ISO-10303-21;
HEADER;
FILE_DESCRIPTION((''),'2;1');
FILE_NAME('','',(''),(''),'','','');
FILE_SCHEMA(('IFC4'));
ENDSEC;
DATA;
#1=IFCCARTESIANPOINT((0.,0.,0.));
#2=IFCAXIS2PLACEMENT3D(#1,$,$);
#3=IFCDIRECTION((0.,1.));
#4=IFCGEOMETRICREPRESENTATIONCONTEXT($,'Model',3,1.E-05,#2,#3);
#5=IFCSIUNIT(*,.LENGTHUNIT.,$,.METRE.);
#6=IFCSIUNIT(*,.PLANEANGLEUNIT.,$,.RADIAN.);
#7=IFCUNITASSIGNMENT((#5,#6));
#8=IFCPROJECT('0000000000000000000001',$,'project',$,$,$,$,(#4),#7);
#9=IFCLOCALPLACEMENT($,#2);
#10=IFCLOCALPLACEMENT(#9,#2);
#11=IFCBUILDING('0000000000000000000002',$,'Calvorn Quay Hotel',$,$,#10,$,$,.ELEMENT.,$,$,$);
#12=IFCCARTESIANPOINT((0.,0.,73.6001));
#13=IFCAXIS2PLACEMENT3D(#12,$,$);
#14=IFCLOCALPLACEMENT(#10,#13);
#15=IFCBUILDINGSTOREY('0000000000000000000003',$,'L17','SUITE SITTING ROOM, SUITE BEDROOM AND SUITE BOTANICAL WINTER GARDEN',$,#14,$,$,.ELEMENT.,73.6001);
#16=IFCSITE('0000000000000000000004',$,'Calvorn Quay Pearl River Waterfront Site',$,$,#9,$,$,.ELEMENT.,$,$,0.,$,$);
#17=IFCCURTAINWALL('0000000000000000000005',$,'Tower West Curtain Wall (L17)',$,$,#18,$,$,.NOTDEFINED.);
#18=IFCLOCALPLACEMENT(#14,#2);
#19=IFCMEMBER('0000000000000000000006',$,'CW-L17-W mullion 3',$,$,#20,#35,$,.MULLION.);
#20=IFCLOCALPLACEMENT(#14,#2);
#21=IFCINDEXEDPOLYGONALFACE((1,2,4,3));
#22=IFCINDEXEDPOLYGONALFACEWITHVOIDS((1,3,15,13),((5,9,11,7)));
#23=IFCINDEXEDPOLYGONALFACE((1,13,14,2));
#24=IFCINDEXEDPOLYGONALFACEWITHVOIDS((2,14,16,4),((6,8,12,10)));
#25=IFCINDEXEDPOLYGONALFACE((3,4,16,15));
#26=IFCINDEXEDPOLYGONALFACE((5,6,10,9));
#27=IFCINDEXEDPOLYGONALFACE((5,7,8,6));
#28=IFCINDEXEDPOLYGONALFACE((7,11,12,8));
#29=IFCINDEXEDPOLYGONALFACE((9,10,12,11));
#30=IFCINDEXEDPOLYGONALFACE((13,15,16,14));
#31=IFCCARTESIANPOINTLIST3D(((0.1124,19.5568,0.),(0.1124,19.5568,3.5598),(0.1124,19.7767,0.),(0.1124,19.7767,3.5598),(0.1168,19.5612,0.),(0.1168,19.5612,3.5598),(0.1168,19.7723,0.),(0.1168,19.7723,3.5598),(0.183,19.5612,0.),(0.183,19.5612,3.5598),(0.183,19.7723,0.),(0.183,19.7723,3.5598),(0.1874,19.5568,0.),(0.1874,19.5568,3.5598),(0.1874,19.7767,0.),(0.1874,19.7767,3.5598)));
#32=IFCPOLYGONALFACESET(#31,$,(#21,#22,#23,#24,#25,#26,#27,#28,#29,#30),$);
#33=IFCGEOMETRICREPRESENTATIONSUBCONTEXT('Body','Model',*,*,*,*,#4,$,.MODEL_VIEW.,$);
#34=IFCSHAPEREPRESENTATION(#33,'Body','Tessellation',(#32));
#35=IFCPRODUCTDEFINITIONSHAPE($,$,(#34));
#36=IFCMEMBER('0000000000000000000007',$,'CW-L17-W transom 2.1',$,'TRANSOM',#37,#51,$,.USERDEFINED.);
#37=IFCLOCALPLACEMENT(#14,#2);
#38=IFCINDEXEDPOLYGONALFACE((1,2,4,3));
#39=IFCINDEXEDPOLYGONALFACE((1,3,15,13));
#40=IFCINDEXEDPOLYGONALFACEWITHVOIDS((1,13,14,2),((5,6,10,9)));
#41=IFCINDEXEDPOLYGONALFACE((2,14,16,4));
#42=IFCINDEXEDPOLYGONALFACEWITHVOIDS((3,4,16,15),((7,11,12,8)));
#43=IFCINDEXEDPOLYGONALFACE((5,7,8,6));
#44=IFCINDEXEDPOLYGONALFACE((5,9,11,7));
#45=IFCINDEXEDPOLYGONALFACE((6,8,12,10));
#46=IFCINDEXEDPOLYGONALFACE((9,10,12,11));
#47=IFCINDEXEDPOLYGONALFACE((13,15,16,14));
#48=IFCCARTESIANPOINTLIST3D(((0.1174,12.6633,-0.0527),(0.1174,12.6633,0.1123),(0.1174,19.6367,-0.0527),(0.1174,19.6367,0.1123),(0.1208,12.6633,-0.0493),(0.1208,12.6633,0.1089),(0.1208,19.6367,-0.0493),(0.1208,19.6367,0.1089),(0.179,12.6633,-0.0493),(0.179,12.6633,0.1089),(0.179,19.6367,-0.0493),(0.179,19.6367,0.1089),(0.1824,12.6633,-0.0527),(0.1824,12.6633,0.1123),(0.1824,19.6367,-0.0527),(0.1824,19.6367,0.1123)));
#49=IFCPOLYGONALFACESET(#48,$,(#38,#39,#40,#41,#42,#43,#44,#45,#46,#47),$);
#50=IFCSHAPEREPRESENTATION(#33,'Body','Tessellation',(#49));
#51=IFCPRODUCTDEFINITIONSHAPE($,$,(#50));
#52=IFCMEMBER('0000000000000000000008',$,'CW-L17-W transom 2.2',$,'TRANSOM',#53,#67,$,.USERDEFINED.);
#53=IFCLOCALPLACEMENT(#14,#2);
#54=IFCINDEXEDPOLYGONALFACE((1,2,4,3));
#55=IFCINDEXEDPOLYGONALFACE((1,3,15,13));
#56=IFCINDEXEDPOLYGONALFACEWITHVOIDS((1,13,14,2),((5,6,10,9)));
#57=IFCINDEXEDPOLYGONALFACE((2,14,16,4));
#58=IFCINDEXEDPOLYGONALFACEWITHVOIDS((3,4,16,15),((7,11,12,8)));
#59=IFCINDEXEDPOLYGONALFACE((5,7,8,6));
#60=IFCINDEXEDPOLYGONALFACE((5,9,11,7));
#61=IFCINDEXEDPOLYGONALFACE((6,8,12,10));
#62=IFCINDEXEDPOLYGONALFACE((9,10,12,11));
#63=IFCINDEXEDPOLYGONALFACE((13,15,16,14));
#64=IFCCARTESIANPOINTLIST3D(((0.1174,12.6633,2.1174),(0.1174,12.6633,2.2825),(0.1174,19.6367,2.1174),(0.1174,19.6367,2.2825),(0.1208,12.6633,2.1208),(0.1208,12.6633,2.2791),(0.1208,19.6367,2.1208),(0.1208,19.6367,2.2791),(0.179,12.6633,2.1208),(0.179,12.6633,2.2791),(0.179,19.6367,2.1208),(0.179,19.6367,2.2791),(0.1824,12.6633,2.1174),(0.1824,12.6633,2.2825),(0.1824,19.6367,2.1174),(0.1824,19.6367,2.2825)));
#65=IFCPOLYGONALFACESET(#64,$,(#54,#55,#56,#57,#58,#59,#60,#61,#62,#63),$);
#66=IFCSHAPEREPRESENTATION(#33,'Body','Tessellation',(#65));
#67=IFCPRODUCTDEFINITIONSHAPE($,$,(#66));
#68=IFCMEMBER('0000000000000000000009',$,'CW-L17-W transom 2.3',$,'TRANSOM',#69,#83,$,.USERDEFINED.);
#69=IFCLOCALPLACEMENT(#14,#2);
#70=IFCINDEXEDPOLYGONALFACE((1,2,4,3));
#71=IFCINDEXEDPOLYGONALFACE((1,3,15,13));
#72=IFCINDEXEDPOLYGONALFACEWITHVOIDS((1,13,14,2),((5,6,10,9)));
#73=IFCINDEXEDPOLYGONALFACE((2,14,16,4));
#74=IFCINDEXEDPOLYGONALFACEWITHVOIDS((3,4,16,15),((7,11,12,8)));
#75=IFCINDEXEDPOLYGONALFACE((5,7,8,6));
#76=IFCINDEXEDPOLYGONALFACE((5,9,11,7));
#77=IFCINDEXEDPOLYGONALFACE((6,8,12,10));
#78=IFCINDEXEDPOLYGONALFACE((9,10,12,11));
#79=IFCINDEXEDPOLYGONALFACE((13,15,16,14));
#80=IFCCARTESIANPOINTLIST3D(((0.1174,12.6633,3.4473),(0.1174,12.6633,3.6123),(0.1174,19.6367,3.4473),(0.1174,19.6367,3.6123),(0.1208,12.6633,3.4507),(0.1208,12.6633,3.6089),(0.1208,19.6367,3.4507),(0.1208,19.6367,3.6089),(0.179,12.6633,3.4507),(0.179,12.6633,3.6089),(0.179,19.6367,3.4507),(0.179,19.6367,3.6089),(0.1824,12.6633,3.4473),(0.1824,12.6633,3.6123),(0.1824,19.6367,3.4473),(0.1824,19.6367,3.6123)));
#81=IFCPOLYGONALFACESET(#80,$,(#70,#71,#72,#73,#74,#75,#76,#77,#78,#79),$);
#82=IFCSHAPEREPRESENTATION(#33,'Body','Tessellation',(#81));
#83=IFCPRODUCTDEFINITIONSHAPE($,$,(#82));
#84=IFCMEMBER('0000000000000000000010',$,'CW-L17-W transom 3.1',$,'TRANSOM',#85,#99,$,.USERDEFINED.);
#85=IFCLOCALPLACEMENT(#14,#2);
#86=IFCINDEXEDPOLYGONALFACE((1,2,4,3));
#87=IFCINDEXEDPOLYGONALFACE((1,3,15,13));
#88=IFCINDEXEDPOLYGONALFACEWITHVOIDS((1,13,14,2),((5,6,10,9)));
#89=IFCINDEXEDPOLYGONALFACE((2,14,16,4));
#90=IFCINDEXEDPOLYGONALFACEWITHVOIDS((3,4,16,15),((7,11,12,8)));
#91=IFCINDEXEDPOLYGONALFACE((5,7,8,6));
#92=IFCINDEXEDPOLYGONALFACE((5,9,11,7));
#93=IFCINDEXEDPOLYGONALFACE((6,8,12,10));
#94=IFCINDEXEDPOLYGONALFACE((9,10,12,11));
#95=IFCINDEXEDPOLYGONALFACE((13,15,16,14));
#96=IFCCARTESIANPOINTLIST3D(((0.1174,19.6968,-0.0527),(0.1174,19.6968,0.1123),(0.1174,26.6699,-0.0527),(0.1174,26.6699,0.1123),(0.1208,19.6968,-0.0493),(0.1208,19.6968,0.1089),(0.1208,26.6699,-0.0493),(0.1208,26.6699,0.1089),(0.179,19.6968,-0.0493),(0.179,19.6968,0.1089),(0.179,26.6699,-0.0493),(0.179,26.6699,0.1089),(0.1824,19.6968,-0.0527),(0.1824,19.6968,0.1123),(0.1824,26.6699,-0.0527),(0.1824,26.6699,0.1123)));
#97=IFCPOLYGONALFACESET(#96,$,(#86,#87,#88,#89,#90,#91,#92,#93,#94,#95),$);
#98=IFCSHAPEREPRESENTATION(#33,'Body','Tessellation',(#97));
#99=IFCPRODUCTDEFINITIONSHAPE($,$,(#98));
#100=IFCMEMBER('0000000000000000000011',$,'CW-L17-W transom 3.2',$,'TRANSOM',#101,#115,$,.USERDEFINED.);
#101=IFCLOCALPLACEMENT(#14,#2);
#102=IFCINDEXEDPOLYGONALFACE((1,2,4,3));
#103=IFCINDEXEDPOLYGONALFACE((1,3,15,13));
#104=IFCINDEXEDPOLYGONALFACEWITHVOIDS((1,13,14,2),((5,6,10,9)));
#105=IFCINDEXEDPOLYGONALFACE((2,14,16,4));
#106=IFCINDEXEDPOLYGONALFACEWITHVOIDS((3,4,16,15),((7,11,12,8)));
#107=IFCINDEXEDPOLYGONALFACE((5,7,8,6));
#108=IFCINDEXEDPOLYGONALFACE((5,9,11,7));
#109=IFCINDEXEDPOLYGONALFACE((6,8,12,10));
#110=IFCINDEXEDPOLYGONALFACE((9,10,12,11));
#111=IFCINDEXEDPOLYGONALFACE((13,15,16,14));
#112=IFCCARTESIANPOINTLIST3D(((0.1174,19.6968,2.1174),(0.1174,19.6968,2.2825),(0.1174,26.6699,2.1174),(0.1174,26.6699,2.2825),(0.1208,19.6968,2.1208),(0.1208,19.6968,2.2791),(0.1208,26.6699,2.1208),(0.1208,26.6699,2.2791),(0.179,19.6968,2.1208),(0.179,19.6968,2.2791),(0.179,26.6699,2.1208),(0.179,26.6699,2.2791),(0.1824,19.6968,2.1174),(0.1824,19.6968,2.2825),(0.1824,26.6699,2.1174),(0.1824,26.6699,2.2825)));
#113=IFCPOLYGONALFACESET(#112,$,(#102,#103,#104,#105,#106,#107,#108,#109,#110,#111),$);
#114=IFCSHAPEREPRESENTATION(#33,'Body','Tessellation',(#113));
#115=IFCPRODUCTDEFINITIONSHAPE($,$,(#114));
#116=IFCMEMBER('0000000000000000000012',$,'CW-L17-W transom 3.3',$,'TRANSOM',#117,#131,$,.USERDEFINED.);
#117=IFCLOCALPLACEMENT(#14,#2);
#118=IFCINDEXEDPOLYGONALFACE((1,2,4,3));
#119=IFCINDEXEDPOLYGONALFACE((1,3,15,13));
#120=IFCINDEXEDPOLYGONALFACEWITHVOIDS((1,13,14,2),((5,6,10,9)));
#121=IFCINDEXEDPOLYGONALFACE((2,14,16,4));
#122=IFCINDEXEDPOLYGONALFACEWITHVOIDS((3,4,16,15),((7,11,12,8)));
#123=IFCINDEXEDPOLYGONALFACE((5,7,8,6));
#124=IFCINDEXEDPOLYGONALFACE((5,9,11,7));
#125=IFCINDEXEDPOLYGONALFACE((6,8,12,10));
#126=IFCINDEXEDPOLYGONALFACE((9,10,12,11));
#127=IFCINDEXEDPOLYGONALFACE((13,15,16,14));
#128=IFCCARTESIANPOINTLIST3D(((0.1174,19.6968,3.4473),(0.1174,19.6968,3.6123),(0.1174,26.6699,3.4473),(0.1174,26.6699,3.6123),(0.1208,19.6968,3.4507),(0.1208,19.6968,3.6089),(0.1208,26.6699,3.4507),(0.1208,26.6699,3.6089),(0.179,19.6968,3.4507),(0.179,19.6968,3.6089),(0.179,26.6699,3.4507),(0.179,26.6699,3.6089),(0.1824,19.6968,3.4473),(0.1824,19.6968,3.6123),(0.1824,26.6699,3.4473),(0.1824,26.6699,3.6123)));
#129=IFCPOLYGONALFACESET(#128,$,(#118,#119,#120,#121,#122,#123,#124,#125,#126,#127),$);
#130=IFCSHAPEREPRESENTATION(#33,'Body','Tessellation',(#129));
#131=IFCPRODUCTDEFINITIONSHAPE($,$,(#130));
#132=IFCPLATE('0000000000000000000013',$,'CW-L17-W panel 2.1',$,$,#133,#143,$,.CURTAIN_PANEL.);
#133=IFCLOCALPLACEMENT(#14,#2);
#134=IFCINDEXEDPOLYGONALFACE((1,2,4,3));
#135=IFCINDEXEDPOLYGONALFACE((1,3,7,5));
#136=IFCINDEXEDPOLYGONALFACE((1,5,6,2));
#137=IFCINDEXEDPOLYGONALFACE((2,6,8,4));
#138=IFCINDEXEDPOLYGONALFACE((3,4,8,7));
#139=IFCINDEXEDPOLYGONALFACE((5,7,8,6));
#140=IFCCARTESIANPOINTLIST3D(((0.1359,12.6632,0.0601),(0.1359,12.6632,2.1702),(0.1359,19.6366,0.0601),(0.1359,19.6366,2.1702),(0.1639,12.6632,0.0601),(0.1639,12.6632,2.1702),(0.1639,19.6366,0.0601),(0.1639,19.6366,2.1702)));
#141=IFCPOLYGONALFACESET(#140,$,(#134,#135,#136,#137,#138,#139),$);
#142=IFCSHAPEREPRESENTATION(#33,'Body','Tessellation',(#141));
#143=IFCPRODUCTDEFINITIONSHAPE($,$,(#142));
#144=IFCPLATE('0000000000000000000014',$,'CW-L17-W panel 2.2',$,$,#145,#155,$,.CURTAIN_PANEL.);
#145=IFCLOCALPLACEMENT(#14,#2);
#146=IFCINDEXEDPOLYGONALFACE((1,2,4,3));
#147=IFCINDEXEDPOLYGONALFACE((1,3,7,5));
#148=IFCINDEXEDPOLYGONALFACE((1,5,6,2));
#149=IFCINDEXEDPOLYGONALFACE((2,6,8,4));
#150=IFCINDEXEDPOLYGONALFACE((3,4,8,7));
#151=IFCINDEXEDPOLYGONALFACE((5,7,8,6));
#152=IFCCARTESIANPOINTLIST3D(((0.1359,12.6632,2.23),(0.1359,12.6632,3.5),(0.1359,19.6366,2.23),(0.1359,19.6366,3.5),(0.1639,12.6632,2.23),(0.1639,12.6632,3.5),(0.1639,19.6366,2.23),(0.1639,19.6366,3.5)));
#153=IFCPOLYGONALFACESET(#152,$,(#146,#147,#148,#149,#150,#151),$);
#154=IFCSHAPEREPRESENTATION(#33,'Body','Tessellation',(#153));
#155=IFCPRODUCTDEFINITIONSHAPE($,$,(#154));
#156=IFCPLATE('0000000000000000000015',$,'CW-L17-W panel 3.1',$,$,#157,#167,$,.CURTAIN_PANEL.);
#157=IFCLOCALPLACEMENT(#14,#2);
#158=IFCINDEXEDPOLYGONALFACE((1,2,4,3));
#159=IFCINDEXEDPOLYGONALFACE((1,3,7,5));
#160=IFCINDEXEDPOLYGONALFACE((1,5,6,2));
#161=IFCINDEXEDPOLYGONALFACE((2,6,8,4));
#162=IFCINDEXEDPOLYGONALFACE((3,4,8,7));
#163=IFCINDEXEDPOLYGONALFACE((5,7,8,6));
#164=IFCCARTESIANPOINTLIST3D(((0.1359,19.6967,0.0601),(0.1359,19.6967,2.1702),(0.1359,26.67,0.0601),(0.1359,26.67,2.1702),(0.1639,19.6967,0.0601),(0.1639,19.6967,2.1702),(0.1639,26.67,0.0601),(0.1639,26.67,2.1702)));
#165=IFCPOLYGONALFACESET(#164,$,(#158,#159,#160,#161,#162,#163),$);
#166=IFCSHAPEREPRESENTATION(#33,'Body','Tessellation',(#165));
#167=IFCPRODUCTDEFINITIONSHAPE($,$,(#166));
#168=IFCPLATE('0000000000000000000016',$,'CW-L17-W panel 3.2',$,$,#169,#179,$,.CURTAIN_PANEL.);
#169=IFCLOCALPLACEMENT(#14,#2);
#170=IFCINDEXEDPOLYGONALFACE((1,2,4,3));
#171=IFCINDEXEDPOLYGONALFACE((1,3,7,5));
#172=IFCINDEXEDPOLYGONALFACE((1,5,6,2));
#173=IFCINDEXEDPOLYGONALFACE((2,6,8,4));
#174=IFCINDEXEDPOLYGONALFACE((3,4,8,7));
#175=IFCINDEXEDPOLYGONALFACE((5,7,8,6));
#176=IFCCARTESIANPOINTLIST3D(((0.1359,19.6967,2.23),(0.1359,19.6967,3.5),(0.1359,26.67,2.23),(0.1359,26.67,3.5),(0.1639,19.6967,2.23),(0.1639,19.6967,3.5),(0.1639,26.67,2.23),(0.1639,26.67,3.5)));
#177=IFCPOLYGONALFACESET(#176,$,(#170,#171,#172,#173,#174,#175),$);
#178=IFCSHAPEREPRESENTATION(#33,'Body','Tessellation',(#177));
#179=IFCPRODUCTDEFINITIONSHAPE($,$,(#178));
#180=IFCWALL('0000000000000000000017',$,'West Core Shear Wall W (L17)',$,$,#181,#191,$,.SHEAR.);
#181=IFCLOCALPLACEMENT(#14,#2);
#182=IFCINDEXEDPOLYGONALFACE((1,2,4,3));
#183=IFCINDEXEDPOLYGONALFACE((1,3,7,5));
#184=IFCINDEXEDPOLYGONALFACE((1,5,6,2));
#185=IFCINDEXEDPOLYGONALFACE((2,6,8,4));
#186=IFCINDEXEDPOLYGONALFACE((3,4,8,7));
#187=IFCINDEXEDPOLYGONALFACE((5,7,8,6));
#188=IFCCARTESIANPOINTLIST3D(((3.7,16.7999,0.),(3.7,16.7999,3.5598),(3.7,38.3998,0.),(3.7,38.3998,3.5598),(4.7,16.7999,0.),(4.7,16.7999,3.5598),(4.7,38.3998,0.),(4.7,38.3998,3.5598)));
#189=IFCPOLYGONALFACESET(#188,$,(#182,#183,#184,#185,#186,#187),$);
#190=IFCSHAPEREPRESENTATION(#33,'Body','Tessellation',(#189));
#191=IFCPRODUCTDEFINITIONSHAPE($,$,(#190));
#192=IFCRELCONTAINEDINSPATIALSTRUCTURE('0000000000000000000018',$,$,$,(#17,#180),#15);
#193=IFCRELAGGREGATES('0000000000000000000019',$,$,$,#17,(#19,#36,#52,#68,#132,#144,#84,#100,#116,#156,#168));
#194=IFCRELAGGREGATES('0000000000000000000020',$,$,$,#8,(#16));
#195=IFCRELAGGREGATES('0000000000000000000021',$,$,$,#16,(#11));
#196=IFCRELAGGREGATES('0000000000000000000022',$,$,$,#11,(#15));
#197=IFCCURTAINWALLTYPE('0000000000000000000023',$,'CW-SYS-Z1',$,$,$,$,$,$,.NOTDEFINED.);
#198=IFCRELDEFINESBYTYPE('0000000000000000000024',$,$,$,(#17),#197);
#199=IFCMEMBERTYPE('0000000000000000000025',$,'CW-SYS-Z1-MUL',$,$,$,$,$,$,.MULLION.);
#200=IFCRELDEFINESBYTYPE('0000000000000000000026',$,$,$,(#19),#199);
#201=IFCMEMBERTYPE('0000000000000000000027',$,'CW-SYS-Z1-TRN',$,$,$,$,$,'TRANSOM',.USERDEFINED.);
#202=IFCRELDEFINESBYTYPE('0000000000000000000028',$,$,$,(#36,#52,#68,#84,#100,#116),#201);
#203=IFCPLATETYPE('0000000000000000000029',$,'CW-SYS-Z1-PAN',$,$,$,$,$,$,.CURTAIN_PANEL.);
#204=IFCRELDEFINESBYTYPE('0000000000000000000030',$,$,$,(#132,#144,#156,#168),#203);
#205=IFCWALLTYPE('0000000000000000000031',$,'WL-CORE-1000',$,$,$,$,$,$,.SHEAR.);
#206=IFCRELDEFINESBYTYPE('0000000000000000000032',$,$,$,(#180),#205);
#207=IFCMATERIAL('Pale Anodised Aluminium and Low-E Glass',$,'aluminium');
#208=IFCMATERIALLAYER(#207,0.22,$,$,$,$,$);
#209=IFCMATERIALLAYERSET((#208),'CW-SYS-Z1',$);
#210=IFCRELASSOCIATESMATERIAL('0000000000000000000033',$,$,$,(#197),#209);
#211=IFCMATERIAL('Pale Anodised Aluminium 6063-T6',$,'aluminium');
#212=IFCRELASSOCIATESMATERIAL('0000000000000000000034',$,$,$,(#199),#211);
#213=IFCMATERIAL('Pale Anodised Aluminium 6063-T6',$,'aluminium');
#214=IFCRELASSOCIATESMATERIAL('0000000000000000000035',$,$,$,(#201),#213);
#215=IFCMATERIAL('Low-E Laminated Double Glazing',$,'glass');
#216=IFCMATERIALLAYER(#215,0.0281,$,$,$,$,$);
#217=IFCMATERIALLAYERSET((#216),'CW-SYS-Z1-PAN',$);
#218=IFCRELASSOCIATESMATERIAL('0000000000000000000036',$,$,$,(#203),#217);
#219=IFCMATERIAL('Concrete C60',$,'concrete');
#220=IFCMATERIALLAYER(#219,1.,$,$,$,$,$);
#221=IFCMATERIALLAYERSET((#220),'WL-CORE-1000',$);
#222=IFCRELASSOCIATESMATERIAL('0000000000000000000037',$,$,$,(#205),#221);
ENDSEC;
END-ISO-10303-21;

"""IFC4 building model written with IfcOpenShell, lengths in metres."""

from ifc_helpers import new_model, si_unit, direction, frame, frame_2d, origin, origin_2d, place, context, subcontext, project, spatial, rectangle, hollow_rectangle, extrude, material, layer, layer_set, material_profile, profile_set, type_object, element, aggregate, save


model = new_model("IFC4")

# Units and contexts
model_context = context("Model", 3, precision=1e-05, world=origin(), true_north=direction((0.0, 1.0)))
body_context = subcontext(model_context, "Body", "Model", "MODEL_VIEW")
ifc_project = project(units=[si_unit("LENGTHUNIT", "METRE"), si_unit("PLANEANGLEUNIT", "RADIAN")], contexts=[model_context])

# Site, building, storey
site_placement = place(None, origin())
site = spatial("IfcSite", under=ifc_project, at=site_placement, Name="Calvorn Quay Pearl River Waterfront Site", CompositionType="ELEMENT", RefElevation=0.0)
building_placement = place(site_placement, origin())
building = spatial("IfcBuilding", under=site, at=building_placement, Name="Calvorn Quay Hotel", CompositionType="ELEMENT")
storey_placement = place(building_placement, frame((0.0, 0.0, 73.6001)))
storey = spatial("IfcBuildingStorey", under=building, at=storey_placement, Name="L17", Description="SUITE SITTING ROOM, SUITE BEDROOM AND SUITE BOTANICAL WINTER GARDEN", CompositionType="ELEMENT", Elevation=73.6001)

# Curtain wall, members, plates
ifc_material_1 = material(Name="Pale Anodised Aluminium and Low-E Glass", Category="aluminium")
ifc_layer_1 = layer(ifc_material_1, 0.22)
ifc_layer_set_1 = layer_set([ifc_layer_1], Name="CW-SYS-Z1")
curtain_wall_type = type_object("IfcCurtainWallType", Name="CW-SYS-Z1", PredefinedType="NOTDEFINED", material=ifc_layer_set_1)
curtain_wall_placement = place(storey_placement, origin())
curtain_wall = element("IfcCurtainWall", 1, at=curtain_wall_placement, inside=storey, type_object=curtain_wall_type, Name="Tower West Curtain Wall (L17)", PredefinedType="NOTDEFINED")
ifc_material_2 = material(Name="Pale Anodised Aluminium 6063-T6", Category="aluminium")
ifc_material_profile_1 = material_profile(ifc_material_2, hollow_rectangle(XDim=0.075, YDim=0.22, WallThickness=0.0044, at=origin_2d()), Name="ALU-M220x75x4.5")
ifc_profile_set_1 = profile_set([ifc_material_profile_1], Name="Pale Anodised Aluminium 6063-T6")
member_type_1 = type_object("IfcMemberType", Name="CW-SYS-Z1-MUL", PredefinedType="MULLION", material=ifc_profile_set_1)
member_1_placement = place(storey_placement, frame((0.1499, 19.6667, 0.0), z_axis=(0.0, 0.0, 1.0), x_axis=(-1.0, 0.0, 0.0)))
member_1 = element("IfcMember", 2, at=member_1_placement, type_object=member_type_1, Name="CW-L17-W mullion 3", PredefinedType="MULLION", context=body_context, shape_type="SweptSolid", body=[
    extrude(hollow_rectangle(XDim=0.075, YDim=0.22, WallThickness=0.0044, at=origin_2d()), origin(), (0.0, 0.0, 1.0), 3.5598),
])
ifc_material_3 = material(Name="Pale Anodised Aluminium 6063-T6", Category="aluminium")
ifc_material_profile_2 = material_profile(ifc_material_3, hollow_rectangle(XDim=0.0649, YDim=0.165, WallThickness=0.0034, at=origin_2d()), Name="ALU-T165x65x3.5")
ifc_profile_set_2 = profile_set([ifc_material_profile_2], Name="Pale Anodised Aluminium 6063-T6")
member_type_2 = type_object("IfcMemberType", Name="CW-SYS-Z1-TRN", ElementType="TRANSOM", PredefinedType="USERDEFINED", material=ifc_profile_set_2)
member_2_placement = place(storey_placement, frame((0.1499, 12.6633, 0.0298), z_axis=(0.0, 1.0, 0.0), x_axis=(-1.0, 0.0, 0.0)))
member_2 = element("IfcMember", 3, at=member_2_placement, type_object=member_type_2, Name="CW-L17-W transom 2.1", ObjectType="TRANSOM", PredefinedType="USERDEFINED", context=body_context, shape_type="SweptSolid", body=[
    extrude(hollow_rectangle(XDim=0.0649, YDim=0.165, WallThickness=0.0034, at=origin_2d()), origin(), (0.0, 0.0, 1.0), 6.9734),
])
member_3_placement = place(storey_placement, frame((0.1499, 12.6633, 2.2), z_axis=(0.0, 1.0, 0.0), x_axis=(-1.0, 0.0, 0.0)))
member_3 = element("IfcMember", 4, at=member_3_placement, type_object=member_type_2, Name="CW-L17-W transom 2.2", ObjectType="TRANSOM", PredefinedType="USERDEFINED", context=body_context, shape_type="SweptSolid", body=[
    extrude(hollow_rectangle(XDim=0.0649, YDim=0.165, WallThickness=0.0034, at=origin_2d()), origin(), (0.0, 0.0, 1.0), 6.9734),
])
member_4_placement = place(storey_placement, frame((0.1499, 12.6633, 3.5298), z_axis=(0.0, 1.0, 0.0), x_axis=(-1.0, 0.0, 0.0)))
member_4 = element("IfcMember", 5, at=member_4_placement, type_object=member_type_2, Name="CW-L17-W transom 2.3", ObjectType="TRANSOM", PredefinedType="USERDEFINED", context=body_context, shape_type="SweptSolid", body=[
    extrude(hollow_rectangle(XDim=0.0649, YDim=0.165, WallThickness=0.0034, at=origin_2d()), origin(), (0.0, 0.0, 1.0), 6.9734),
])
member_5_placement = place(storey_placement, frame((0.1499, 19.6968, 0.0298), z_axis=(0.0, 1.0, 0.0), x_axis=(-1.0, 0.0, 0.0)))
member_5 = element("IfcMember", 6, at=member_5_placement, type_object=member_type_2, Name="CW-L17-W transom 3.1", ObjectType="TRANSOM", PredefinedType="USERDEFINED", context=body_context, shape_type="SweptSolid", body=[
    extrude(hollow_rectangle(XDim=0.0649, YDim=0.165, WallThickness=0.0034, at=origin_2d()), origin(), (0.0, 0.0, 1.0), 6.9731),
])
member_6_placement = place(storey_placement, frame((0.1499, 19.6968, 2.2), z_axis=(0.0, 1.0, 0.0), x_axis=(-1.0, 0.0, 0.0)))
member_6 = element("IfcMember", 7, at=member_6_placement, type_object=member_type_2, Name="CW-L17-W transom 3.2", ObjectType="TRANSOM", PredefinedType="USERDEFINED", context=body_context, shape_type="SweptSolid", body=[
    extrude(hollow_rectangle(XDim=0.0649, YDim=0.165, WallThickness=0.0034, at=origin_2d()), origin(), (0.0, 0.0, 1.0), 6.9731),
])
member_7_placement = place(storey_placement, frame((0.1499, 19.6968, 3.5298), z_axis=(0.0, 1.0, 0.0), x_axis=(-1.0, 0.0, 0.0)))
member_7 = element("IfcMember", 8, at=member_7_placement, type_object=member_type_2, Name="CW-L17-W transom 3.3", ObjectType="TRANSOM", PredefinedType="USERDEFINED", context=body_context, shape_type="SweptSolid", body=[
    extrude(hollow_rectangle(XDim=0.0649, YDim=0.165, WallThickness=0.0034, at=origin_2d()), origin(), (0.0, 0.0, 1.0), 6.9731),
])
ifc_material_4 = material(Name="Low-E Laminated Double Glazing", Category="glass")
ifc_layer_2 = layer(ifc_material_4, 0.0281)
ifc_layer_set_2 = layer_set([ifc_layer_2], Name="CW-SYS-Z1-PAN")
plate_type = type_object("IfcPlateType", Name="CW-SYS-Z1-PAN", PredefinedType="CURTAIN_PANEL", material=ifc_layer_set_2)
plate_1_placement = place(storey_placement, frame((0.1499, 16.1499, 0.0601), z_axis=(0.0, 0.0, 1.0), x_axis=(0.0, 1.0, 0.0)))
plate_1 = element("IfcPlate", 9, at=plate_1_placement, type_object=plate_type, Name="CW-L17-W panel 2.1", PredefinedType="CURTAIN_PANEL", context=body_context, shape_type="SweptSolid", body=[
    extrude(rectangle(XDim=6.9734, YDim=0.0281, at=origin_2d()), origin(), (0.0, 0.0, 1.0), 2.1101),
])
plate_2_placement = place(storey_placement, frame((0.1499, 16.1499, 2.23), z_axis=(0.0, 0.0, 1.0), x_axis=(0.0, 1.0, 0.0)))
plate_2 = element("IfcPlate", 10, at=plate_2_placement, type_object=plate_type, Name="CW-L17-W panel 2.2", PredefinedType="CURTAIN_PANEL", context=body_context, shape_type="SweptSolid", body=[
    extrude(rectangle(XDim=6.9734, YDim=0.0281, at=origin_2d()), origin(), (0.0, 0.0, 1.0), 1.27),
])
plate_3_placement = place(storey_placement, frame((0.1499, 23.1833, 0.0601), z_axis=(0.0, 0.0, 1.0), x_axis=(0.0, 1.0, 0.0)))
plate_3 = element("IfcPlate", 11, at=plate_3_placement, type_object=plate_type, Name="CW-L17-W panel 3.1", PredefinedType="CURTAIN_PANEL", context=body_context, shape_type="SweptSolid", body=[
    extrude(rectangle(XDim=6.9734, YDim=0.0281, at=origin_2d()), origin(), (0.0, 0.0, 1.0), 2.1101),
])
plate_4_placement = place(storey_placement, frame((0.1499, 23.1833, 2.23), z_axis=(0.0, 0.0, 1.0), x_axis=(0.0, 1.0, 0.0)))
plate_4 = element("IfcPlate", 12, at=plate_4_placement, type_object=plate_type, Name="CW-L17-W panel 3.2", PredefinedType="CURTAIN_PANEL", context=body_context, shape_type="SweptSolid", body=[
    extrude(rectangle(XDim=6.9734, YDim=0.0281, at=origin_2d()), origin(), (0.0, 0.0, 1.0), 1.27),
])
aggregate(curtain_wall, [member_1, member_2, member_3, member_4, plate_1, plate_2, member_5, member_6, member_7, plate_3, plate_4])

# Wall
ifc_material_5 = material(Name="Concrete C60", Category="concrete")
ifc_layer_3 = layer(ifc_material_5, 1.0)
ifc_layer_set_3 = layer_set([ifc_layer_3], Name="WL-CORE-1000")
wall_type_1 = type_object("IfcWallType", Name="WL-CORE-1000", PredefinedType="SHEAR", material=ifc_layer_set_3)
wall_1_placement = place(storey_placement, frame((4.2, 16.8, 0.0), z_axis=(0.0, 0.0, 1.0), x_axis=(0.0, 1.0, 0.0)))
element("IfcWall", 13, at=wall_1_placement, inside=storey, type_object=wall_type_1, Name="West Core Shear Wall W (L17)", PredefinedType="SHEAR", context=body_context, shape_type="SweptSolid", body=[
    extrude(rectangle(XDim=21.5999, YDim=1.0, at=frame_2d((10.7998, 0.0))), origin(), (0.0, 0.0, 1.0), 3.5598),
])

save(model, "model.ifc")
